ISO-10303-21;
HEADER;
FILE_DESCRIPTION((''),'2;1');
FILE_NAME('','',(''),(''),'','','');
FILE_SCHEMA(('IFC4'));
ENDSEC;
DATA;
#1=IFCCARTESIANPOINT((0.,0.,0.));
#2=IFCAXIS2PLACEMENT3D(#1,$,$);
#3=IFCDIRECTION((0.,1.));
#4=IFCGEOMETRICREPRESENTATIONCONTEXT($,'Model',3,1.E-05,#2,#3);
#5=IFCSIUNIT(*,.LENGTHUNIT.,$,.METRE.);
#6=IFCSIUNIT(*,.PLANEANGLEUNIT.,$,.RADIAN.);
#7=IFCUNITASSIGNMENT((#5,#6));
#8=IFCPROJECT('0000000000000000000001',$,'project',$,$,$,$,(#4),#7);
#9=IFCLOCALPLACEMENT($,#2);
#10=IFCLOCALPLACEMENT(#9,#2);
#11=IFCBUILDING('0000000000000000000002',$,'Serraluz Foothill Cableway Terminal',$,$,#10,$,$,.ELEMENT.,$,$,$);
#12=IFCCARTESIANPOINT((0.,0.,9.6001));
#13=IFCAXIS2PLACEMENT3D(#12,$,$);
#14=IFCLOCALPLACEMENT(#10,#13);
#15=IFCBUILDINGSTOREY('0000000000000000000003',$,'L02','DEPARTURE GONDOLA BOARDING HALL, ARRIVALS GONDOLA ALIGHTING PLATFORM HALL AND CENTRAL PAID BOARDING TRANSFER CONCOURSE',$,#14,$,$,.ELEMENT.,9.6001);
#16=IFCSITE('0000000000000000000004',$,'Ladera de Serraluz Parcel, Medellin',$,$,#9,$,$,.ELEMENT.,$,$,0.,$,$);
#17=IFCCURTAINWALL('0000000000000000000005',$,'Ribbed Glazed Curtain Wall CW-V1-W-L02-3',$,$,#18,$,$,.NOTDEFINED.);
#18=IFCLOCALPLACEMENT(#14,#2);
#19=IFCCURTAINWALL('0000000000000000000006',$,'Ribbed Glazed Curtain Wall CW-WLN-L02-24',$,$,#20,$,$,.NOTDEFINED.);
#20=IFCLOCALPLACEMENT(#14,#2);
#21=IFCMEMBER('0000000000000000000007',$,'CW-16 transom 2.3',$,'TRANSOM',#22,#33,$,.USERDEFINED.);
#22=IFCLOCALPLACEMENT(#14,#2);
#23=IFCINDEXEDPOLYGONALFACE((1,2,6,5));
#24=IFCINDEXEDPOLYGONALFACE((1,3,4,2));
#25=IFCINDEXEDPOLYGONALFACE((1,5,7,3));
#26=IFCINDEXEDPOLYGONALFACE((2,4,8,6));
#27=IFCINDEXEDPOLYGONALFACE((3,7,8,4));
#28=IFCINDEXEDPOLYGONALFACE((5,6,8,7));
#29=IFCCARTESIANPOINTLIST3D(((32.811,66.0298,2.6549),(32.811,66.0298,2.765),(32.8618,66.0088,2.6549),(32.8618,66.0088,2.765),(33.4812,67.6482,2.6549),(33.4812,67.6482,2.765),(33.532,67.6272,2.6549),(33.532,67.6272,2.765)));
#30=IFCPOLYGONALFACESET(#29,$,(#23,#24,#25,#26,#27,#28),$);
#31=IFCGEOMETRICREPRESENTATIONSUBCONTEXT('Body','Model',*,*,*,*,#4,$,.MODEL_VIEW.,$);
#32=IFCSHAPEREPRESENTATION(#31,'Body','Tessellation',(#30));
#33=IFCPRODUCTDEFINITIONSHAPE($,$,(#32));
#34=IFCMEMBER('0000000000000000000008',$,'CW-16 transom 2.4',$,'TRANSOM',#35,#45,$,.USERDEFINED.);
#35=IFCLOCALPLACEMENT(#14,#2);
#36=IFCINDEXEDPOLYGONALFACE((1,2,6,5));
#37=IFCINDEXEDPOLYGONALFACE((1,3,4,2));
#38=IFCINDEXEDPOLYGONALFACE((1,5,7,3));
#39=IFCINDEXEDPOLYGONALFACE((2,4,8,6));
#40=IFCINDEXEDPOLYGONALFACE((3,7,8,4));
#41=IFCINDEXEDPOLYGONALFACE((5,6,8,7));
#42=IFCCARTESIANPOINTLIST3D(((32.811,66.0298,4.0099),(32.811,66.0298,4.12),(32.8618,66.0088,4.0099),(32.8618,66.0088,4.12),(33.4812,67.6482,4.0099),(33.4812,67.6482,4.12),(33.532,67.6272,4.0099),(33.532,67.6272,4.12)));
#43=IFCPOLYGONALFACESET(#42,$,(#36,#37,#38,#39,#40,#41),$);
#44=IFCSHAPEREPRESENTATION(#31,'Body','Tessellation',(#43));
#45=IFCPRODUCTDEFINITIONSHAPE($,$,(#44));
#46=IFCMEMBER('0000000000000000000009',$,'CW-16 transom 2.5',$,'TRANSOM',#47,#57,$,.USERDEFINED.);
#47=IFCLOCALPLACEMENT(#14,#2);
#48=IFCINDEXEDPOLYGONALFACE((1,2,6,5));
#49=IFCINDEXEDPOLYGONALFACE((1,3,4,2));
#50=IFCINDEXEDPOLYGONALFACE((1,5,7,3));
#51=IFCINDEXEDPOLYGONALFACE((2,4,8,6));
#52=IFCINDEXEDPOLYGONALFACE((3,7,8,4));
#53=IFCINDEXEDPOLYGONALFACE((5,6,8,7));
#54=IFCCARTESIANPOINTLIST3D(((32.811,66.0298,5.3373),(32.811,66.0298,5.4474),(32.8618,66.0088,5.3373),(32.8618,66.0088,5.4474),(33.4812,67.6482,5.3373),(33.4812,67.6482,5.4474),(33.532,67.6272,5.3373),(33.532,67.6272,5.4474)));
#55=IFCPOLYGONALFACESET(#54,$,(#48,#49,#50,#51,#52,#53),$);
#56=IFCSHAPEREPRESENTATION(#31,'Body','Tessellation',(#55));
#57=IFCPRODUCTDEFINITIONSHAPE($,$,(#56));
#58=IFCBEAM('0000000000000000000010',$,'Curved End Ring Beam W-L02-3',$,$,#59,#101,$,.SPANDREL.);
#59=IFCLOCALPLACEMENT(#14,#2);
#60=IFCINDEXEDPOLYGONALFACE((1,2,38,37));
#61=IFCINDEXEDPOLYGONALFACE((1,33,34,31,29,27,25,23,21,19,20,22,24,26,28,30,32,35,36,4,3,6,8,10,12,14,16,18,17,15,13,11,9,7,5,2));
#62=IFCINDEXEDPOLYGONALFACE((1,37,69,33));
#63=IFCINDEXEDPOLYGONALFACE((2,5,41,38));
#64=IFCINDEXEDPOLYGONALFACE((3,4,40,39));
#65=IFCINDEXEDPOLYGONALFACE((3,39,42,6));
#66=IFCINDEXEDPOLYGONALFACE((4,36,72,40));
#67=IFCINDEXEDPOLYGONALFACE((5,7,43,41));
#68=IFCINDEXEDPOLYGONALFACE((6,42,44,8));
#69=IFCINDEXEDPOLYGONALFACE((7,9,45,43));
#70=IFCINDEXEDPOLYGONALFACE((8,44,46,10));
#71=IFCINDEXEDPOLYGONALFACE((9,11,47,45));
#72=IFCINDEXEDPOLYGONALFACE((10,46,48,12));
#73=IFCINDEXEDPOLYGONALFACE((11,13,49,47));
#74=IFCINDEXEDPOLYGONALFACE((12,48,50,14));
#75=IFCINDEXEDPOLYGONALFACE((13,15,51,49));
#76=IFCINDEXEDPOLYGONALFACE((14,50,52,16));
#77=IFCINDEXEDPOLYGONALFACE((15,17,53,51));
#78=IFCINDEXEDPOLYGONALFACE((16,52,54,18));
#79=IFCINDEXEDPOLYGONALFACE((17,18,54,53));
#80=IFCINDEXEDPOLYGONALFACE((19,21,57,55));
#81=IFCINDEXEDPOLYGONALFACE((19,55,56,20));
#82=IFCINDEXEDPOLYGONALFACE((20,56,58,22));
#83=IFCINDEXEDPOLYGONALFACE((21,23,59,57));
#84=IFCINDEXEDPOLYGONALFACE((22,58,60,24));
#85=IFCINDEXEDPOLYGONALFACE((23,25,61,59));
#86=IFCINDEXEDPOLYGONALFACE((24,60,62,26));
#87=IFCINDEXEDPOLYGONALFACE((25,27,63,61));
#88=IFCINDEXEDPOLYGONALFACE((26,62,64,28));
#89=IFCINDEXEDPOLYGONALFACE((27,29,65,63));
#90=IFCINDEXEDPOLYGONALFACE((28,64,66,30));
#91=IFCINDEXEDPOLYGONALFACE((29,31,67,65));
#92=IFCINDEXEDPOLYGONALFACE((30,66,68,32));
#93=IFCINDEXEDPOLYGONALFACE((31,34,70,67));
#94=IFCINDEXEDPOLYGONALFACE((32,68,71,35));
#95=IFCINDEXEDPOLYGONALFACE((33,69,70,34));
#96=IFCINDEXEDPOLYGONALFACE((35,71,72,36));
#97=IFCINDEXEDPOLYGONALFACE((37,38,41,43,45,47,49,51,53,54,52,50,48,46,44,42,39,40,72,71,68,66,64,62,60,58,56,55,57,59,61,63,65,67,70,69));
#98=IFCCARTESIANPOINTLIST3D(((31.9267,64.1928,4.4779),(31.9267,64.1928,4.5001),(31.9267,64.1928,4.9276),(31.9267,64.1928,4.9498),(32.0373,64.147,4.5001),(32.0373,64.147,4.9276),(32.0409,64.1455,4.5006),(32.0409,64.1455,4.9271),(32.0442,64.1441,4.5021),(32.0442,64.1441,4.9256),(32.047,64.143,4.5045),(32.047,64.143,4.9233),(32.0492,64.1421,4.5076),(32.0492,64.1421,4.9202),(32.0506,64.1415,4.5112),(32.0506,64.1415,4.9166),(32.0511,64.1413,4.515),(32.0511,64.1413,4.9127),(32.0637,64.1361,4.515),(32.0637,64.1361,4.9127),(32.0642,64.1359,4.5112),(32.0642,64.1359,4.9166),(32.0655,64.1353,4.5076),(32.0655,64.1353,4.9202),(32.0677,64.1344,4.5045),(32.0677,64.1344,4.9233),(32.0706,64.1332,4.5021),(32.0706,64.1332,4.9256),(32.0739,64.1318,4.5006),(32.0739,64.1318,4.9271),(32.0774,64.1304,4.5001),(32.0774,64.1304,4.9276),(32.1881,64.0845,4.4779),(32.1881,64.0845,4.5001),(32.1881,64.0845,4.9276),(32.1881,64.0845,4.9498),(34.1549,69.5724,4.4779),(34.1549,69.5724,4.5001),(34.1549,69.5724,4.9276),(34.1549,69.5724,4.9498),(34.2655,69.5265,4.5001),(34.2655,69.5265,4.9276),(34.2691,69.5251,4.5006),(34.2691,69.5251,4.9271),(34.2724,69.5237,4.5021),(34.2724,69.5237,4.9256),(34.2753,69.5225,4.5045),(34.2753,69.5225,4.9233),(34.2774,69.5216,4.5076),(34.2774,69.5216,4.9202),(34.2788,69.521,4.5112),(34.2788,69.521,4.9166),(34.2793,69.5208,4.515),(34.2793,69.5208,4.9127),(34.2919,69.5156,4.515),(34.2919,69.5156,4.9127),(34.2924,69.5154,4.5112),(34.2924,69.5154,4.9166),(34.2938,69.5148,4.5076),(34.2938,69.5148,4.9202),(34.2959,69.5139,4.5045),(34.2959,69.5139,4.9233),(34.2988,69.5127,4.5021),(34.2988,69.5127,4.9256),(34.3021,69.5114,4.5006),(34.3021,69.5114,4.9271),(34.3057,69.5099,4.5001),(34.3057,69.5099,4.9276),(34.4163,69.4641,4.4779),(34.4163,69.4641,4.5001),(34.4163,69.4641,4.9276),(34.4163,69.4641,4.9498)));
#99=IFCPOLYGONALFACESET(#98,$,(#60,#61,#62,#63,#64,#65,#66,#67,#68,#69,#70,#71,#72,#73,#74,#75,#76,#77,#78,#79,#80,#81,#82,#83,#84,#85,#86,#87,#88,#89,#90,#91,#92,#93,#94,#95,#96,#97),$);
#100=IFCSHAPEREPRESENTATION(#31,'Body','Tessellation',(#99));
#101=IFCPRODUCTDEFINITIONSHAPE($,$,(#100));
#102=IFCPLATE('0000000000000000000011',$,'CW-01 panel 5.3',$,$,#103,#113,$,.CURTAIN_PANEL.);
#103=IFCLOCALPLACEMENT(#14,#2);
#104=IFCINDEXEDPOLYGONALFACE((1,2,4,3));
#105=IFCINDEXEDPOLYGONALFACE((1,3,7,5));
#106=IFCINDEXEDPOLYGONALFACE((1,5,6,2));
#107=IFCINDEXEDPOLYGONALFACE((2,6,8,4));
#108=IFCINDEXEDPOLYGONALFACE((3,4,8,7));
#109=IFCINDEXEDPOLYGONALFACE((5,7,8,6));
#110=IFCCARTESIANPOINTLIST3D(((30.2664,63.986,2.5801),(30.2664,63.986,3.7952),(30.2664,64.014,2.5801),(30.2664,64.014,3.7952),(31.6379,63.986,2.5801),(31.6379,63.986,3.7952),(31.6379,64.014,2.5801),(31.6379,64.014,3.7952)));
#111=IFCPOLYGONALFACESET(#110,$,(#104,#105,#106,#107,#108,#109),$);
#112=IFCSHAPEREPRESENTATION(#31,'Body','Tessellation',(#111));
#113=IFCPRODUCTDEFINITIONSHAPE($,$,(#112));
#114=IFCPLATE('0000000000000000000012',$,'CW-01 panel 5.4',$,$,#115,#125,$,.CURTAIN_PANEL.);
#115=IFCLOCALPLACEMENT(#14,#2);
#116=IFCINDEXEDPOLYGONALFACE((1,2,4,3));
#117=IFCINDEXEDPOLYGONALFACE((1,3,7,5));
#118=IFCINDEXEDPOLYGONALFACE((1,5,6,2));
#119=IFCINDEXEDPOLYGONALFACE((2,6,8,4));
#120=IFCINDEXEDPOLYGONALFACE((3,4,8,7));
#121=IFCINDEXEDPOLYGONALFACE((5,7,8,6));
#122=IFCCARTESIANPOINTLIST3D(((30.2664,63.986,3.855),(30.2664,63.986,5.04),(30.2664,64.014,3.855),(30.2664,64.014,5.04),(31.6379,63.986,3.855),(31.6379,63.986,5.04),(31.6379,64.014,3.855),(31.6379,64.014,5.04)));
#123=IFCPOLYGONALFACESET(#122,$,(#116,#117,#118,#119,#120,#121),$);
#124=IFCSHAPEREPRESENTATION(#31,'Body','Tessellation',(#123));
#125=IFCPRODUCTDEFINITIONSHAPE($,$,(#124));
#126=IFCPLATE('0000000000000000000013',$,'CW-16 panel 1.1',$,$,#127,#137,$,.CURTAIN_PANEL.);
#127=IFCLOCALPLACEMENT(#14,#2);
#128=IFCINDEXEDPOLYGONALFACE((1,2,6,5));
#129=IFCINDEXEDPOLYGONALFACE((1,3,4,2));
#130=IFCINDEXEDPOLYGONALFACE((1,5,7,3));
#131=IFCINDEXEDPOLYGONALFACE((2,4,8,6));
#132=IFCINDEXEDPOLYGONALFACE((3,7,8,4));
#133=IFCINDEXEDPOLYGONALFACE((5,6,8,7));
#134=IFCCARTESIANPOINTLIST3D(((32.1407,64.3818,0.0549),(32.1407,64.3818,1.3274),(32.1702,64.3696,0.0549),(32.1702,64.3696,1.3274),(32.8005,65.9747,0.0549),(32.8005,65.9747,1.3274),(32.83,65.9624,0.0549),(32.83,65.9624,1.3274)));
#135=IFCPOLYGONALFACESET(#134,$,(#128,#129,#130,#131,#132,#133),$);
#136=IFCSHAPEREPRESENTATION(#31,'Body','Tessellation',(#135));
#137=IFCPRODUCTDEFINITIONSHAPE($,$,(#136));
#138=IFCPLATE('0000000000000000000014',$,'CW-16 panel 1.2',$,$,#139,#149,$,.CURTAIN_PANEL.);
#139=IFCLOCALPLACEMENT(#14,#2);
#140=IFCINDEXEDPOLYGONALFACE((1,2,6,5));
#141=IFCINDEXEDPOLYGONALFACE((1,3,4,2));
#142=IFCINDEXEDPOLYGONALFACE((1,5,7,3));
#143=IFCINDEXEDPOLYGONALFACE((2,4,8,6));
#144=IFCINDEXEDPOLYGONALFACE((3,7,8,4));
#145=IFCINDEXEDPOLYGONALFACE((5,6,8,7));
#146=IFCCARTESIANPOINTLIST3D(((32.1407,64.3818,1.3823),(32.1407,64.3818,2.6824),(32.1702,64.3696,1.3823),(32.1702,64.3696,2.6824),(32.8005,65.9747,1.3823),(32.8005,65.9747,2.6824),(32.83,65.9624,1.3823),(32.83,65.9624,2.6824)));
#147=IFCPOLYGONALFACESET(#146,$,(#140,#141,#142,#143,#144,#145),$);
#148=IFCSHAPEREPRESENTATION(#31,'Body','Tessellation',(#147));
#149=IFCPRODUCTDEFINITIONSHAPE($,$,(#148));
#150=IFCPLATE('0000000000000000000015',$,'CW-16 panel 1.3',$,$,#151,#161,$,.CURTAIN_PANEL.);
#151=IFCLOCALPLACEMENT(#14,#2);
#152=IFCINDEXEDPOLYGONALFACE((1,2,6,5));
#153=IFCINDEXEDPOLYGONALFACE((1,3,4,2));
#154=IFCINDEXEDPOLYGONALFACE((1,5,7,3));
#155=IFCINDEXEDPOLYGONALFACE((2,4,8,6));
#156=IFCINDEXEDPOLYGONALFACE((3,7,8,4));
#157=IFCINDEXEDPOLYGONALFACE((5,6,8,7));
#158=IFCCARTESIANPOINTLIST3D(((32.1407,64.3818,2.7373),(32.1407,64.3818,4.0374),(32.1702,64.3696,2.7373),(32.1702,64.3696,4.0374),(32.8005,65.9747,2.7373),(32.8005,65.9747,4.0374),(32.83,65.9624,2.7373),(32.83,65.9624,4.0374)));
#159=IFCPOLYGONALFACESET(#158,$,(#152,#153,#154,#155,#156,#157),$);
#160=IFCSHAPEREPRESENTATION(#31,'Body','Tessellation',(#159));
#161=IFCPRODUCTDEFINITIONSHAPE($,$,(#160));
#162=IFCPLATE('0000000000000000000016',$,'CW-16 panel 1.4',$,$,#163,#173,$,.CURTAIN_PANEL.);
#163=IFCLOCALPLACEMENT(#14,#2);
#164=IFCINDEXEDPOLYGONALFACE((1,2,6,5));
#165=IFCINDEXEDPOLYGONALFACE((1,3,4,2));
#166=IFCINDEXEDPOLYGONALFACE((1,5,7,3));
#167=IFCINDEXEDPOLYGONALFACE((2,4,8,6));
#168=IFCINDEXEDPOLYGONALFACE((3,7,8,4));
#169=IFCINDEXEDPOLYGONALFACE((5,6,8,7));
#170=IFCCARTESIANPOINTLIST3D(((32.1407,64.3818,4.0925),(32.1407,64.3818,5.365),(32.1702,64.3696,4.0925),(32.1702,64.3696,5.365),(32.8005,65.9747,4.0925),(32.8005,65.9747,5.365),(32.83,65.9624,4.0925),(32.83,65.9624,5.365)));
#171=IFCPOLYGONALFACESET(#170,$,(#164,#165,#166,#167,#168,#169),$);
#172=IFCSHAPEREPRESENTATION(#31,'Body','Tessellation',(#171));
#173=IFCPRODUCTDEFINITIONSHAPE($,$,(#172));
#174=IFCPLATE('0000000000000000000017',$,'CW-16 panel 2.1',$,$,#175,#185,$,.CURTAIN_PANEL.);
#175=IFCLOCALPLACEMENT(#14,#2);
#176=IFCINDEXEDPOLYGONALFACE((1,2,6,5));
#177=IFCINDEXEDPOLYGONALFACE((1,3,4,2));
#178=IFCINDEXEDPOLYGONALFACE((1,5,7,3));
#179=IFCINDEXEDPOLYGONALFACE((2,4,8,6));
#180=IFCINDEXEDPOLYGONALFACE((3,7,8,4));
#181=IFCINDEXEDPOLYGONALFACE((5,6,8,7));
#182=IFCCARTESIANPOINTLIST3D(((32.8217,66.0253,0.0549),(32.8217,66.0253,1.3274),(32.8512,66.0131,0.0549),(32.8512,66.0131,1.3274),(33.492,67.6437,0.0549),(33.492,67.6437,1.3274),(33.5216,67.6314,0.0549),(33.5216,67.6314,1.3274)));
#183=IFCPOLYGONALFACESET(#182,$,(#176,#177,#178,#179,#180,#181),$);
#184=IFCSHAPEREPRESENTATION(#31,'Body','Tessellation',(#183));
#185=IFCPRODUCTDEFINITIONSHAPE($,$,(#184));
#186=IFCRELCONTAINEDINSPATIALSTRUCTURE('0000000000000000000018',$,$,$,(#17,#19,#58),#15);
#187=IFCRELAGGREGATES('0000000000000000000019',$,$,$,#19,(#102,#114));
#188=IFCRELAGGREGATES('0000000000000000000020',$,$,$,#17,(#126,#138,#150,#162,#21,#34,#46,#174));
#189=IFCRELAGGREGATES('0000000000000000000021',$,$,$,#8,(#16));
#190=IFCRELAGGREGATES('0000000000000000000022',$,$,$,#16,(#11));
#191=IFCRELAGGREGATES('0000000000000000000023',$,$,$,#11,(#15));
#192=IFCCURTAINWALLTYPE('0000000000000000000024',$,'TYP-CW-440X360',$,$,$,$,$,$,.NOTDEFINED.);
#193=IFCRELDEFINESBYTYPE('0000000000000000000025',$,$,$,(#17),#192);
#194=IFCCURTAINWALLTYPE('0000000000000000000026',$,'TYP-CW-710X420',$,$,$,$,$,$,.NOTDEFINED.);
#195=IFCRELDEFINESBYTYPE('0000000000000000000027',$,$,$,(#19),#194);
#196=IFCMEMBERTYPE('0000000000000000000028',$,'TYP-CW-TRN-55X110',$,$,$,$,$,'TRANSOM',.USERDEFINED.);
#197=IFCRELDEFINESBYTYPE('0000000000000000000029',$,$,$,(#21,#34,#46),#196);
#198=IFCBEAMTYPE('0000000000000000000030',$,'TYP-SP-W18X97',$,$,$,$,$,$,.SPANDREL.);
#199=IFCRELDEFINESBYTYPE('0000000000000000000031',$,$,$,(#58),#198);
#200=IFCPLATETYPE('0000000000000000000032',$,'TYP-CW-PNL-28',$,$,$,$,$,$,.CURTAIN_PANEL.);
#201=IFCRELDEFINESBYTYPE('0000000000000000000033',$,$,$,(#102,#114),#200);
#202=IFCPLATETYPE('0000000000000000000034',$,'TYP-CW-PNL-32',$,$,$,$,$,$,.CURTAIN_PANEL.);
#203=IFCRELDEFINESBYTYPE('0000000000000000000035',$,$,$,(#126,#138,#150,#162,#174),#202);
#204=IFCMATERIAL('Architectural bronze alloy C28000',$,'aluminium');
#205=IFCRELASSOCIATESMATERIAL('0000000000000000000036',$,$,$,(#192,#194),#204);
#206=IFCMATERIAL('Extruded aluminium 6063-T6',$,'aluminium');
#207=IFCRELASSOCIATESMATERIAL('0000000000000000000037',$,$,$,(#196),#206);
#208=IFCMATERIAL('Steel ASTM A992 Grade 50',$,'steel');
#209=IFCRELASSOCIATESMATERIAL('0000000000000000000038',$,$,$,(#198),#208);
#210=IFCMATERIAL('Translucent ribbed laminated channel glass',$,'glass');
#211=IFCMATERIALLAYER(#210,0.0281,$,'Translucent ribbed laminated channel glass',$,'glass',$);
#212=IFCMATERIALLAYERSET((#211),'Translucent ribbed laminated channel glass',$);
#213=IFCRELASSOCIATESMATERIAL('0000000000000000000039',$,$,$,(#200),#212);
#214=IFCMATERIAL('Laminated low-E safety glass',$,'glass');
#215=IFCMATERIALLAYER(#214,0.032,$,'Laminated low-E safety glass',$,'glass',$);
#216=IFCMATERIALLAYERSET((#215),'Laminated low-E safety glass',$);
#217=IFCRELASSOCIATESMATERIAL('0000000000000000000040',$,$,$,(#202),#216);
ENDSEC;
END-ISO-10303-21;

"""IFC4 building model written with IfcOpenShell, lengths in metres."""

from ifc_helpers import new_model, si_unit, direction, frame, origin, origin_2d, place, context, subcontext, project, spatial, rectangle, i_section, extrude, material, layer, layer_set, material_profile, profile_set, type_object, element, aggregate, save


model = new_model("IFC4")

# Units and contexts
model_context = context("Model", 3, precision=1e-05, world=origin(), true_north=direction((0.0, 1.0)))
body_context = subcontext(model_context, "Body", "Model", "MODEL_VIEW")
ifc_project = project(units=[si_unit("LENGTHUNIT", "METRE"), si_unit("PLANEANGLEUNIT", "RADIAN")], contexts=[model_context])

# Site, building, storey
site_placement = place(None, origin())
site = spatial("IfcSite", under=ifc_project, at=site_placement, Name="Ladera de Serraluz Parcel, Medellin", CompositionType="ELEMENT", RefElevation=0.0)
building_placement = place(site_placement, origin())
building = spatial("IfcBuilding", under=site, at=building_placement, Name="Serraluz Foothill Cableway Terminal", CompositionType="ELEMENT")
storey_placement = place(building_placement, frame((0.0, 0.0, 9.6001)))
storey = spatial("IfcBuildingStorey", under=building, at=storey_placement, Name="L02", Description="DEPARTURE GONDOLA BOARDING HALL, ARRIVALS GONDOLA ALIGHTING PLATFORM HALL AND CENTRAL PAID BOARDING TRANSFER CONCOURSE", CompositionType="ELEMENT", Elevation=9.6001)

# Curtain wall
ifc_material_1 = material(Name="Architectural bronze alloy C28000", Category="aluminium")
curtain_wall_type_1 = type_object("IfcCurtainWallType", Name="TYP-CW-440X360", PredefinedType="NOTDEFINED", material=ifc_material_1)
curtain_wall_1_placement = place(storey_placement, origin())
curtain_wall_1 = element("IfcCurtainWall", 1, at=curtain_wall_1_placement, inside=storey, type_object=curtain_wall_type_1, Name="Ribbed Glazed Curtain Wall CW-V1-W-L02-3", PredefinedType="NOTDEFINED")
ifc_material_2 = material(Name="Extruded aluminium 6063-T6", Category="aluminium")

# Curtain wall
curtain_wall_type_2 = type_object("IfcCurtainWallType", Name="TYP-CW-710X420", PredefinedType="NOTDEFINED", material=ifc_material_1)
curtain_wall_2_placement = place(storey_placement, origin())
curtain_wall_2 = element("IfcCurtainWall", 2, at=curtain_wall_2_placement, inside=storey, type_object=curtain_wall_type_2, Name="Ribbed Glazed Curtain Wall CW-WLN-L02-24", PredefinedType="NOTDEFINED")

# Members
ifc_material_profile_1 = material_profile(ifc_material_2, rectangle(XDim=0.0549, YDim=0.1101, at=origin_2d()), Name="ALU TRANSOM 55x110")
ifc_profile_set_1 = profile_set([ifc_material_profile_1], Name="Extruded aluminium 6063-T6")
member_type_1 = type_object("IfcMemberType", Name="TYP-CW-TRN-55X110", ElementType="TRANSOM", PredefinedType="USERDEFINED", material=ifc_profile_set_1)
member_1_placement = place(storey_placement, frame((32.8364, 66.0193, 2.71), z_axis=(0.382586, 0.92392, 0.0), x_axis=(-0.92392, 0.382586, 0.0)))
member_1 = element("IfcMember", 3, at=member_1_placement, type_object=member_type_1, Name="CW-16 transom 2.3", ObjectType="TRANSOM", PredefinedType="USERDEFINED", context=body_context, shape_type="SweptSolid", body=[
    extrude(rectangle(XDim=0.0549, YDim=0.1101, at=origin_2d()), origin(), (0.0, 0.0, 1.0), 1.7517),
])
member_2_placement = place(storey_placement, frame((32.8364, 66.0193, 4.0649), z_axis=(0.382586, 0.92392, 0.0), x_axis=(-0.92392, 0.382586, 0.0)))
member_2 = element("IfcMember", 4, at=member_2_placement, type_object=member_type_1, Name="CW-16 transom 2.4", ObjectType="TRANSOM", PredefinedType="USERDEFINED", context=body_context, shape_type="SweptSolid", body=[
    extrude(rectangle(XDim=0.0549, YDim=0.1101, at=origin_2d()), origin(), (0.0, 0.0, 1.0), 1.7517),
])
member_3_placement = place(storey_placement, frame((32.8364, 66.0193, 5.3923), z_axis=(0.382586, 0.92392, 0.0), x_axis=(-0.92392, 0.382586, 0.0)))
member_3 = element("IfcMember", 5, at=member_3_placement, type_object=member_type_1, Name="CW-16 transom 2.5", ObjectType="TRANSOM", PredefinedType="USERDEFINED", context=body_context, shape_type="SweptSolid", body=[
    extrude(rectangle(XDim=0.0549, YDim=0.1101, at=origin_2d()), origin(), (0.0, 0.0, 1.0), 1.7517),
])

# Beam
ifc_material_3 = material(Name="Steel ASTM A992 Grade 50", Category="steel")
ifc_material_profile_2 = material_profile(ifc_material_3, i_section(OverallWidth=0.283, OverallDepth=0.4719, WebThickness=0.0137, FlangeThickness=0.0222, FilletRadius=0.0149, at=origin_2d()), Name="W18X97")
ifc_profile_set_2 = profile_set([ifc_material_profile_2], Name="Steel ASTM A992 Grade 50")
beam_type = type_object("IfcBeamType", Name="TYP-SP-W18X97", PredefinedType="SPANDREL", material=ifc_profile_set_2)
beam_placement = place(storey_placement, frame((32.0574, 64.1387, 4.7139), z_axis=(0.382676, 0.923882, 0.0), x_axis=(-0.923882, 0.382676, 0.0)))
element("IfcBeam", 6, at=beam_placement, inside=storey, type_object=beam_type, Name="Curved End Ring Beam W-L02-3", PredefinedType="SPANDREL", context=body_context, shape_type="SweptSolid", body=[
    extrude(i_section(OverallWidth=0.283, OverallDepth=0.4719, WebThickness=0.0137, FlangeThickness=0.0222, FilletRadius=0.0149, at=origin_2d()), origin(), (0.0, 0.0, 1.0), 5.8228),
])

# Plates
ifc_material_4 = material(Name="Translucent ribbed laminated channel glass", Category="glass")
ifc_layer_1 = layer(ifc_material_4, 0.0281, Name="Translucent ribbed laminated channel glass", Category="glass")
ifc_layer_set_1 = layer_set([ifc_layer_1], Name="Translucent ribbed laminated channel glass")
plate_type_1 = type_object("IfcPlateType", Name="TYP-CW-PNL-28", PredefinedType="CURTAIN_PANEL", material=ifc_layer_set_1)
plate_1_placement = place(storey_placement, frame((30.9521, 64.0, 2.5801), z_axis=(0.0, 0.0, 1.0), x_axis=(1.0, 0.0, 0.0)))
plate_1 = element("IfcPlate", 7, at=plate_1_placement, type_object=plate_type_1, Name="CW-01 panel 5.3", PredefinedType="CURTAIN_PANEL", context=body_context, shape_type="SweptSolid", body=[
    extrude(rectangle(XDim=1.3716, YDim=0.0281, at=origin_2d()), origin(), (0.0, 0.0, 1.0), 1.2151),
])
plate_2_placement = place(storey_placement, frame((30.9521, 64.0, 3.855), z_axis=(0.0, 0.0, 1.0), x_axis=(1.0, 0.0, 0.0)))
plate_2 = element("IfcPlate", 8, at=plate_2_placement, type_object=plate_type_1, Name="CW-01 panel 5.4", PredefinedType="CURTAIN_PANEL", context=body_context, shape_type="SweptSolid", body=[
    extrude(rectangle(XDim=1.3716, YDim=0.0281, at=origin_2d()), origin(), (0.0, 0.0, 1.0), 1.1851),
])
aggregate(curtain_wall_2, [plate_1, plate_2])
ifc_material_5 = material(Name="Laminated low-E safety glass", Category="glass")
ifc_layer_2 = layer(ifc_material_5, 0.032, Name="Laminated low-E safety glass", Category="glass")
ifc_layer_set_2 = layer_set([ifc_layer_2], Name="Laminated low-E safety glass")
plate_type_2 = type_object("IfcPlateType", Name="TYP-CW-PNL-32", PredefinedType="CURTAIN_PANEL", material=ifc_layer_set_2)
plate_3_placement = place(storey_placement, frame((32.4854, 65.1721, 0.0549), z_axis=(0.0, 0.0, 1.0), x_axis=(0.382685, 0.923879, 0.0)))
plate_3 = element("IfcPlate", 9, at=plate_3_placement, type_object=plate_type_2, Name="CW-16 panel 1.1", PredefinedType="CURTAIN_PANEL", context=body_context, shape_type="SweptSolid", body=[
    extrude(rectangle(XDim=1.7241, YDim=0.032, at=origin_2d()), origin(), (0.0, 0.0, 1.0), 1.2725),
])
plate_4_placement = place(storey_placement, frame((32.4854, 65.1721, 1.3823), z_axis=(0.0, 0.0, 1.0), x_axis=(0.382685, 0.923879, 0.0)))
plate_4 = element("IfcPlate", 10, at=plate_4_placement, type_object=plate_type_2, Name="CW-16 panel 1.2", PredefinedType="CURTAIN_PANEL", context=body_context, shape_type="SweptSolid", body=[
    extrude(rectangle(XDim=1.7241, YDim=0.032, at=origin_2d()), origin(), (0.0, 0.0, 1.0), 1.3),
])
plate_5_placement = place(storey_placement, frame((32.4854, 65.1721, 2.7373), z_axis=(0.0, 0.0, 1.0), x_axis=(0.382685, 0.923879, 0.0)))
plate_5 = element("IfcPlate", 11, at=plate_5_placement, type_object=plate_type_2, Name="CW-16 panel 1.3", PredefinedType="CURTAIN_PANEL", context=body_context, shape_type="SweptSolid", body=[
    extrude(rectangle(XDim=1.7241, YDim=0.032, at=origin_2d()), origin(), (0.0, 0.0, 1.0), 1.3),
])
plate_6_placement = place(storey_placement, frame((32.4854, 65.1721, 4.0925), z_axis=(0.0, 0.0, 1.0), x_axis=(0.382685, 0.923879, 0.0)))
plate_6 = element("IfcPlate", 12, at=plate_6_placement, type_object=plate_type_2, Name="CW-16 panel 1.4", PredefinedType="CURTAIN_PANEL", context=body_context, shape_type="SweptSolid", body=[
    extrude(rectangle(XDim=1.7241, YDim=0.032, at=origin_2d()), origin(), (0.0, 0.0, 1.0), 1.2725),
])
plate_7_placement = place(storey_placement, frame((33.1716, 66.8284, 0.0549), z_axis=(0.0, 0.0, 1.0), x_axis=(0.382685, 0.923879, 0.0)))
plate_7 = element("IfcPlate", 13, at=plate_7_placement, type_object=plate_type_2, Name="CW-16 panel 2.1", PredefinedType="CURTAIN_PANEL", context=body_context, shape_type="SweptSolid", body=[
    extrude(rectangle(XDim=1.7517, YDim=0.032, at=origin_2d()), origin(), (0.0, 0.0, 1.0), 1.2725),
])
aggregate(curtain_wall_1, [plate_3, plate_4, plate_5, plate_6, member_1, member_2, member_3, plate_7])

save(model, "model.ifc")
